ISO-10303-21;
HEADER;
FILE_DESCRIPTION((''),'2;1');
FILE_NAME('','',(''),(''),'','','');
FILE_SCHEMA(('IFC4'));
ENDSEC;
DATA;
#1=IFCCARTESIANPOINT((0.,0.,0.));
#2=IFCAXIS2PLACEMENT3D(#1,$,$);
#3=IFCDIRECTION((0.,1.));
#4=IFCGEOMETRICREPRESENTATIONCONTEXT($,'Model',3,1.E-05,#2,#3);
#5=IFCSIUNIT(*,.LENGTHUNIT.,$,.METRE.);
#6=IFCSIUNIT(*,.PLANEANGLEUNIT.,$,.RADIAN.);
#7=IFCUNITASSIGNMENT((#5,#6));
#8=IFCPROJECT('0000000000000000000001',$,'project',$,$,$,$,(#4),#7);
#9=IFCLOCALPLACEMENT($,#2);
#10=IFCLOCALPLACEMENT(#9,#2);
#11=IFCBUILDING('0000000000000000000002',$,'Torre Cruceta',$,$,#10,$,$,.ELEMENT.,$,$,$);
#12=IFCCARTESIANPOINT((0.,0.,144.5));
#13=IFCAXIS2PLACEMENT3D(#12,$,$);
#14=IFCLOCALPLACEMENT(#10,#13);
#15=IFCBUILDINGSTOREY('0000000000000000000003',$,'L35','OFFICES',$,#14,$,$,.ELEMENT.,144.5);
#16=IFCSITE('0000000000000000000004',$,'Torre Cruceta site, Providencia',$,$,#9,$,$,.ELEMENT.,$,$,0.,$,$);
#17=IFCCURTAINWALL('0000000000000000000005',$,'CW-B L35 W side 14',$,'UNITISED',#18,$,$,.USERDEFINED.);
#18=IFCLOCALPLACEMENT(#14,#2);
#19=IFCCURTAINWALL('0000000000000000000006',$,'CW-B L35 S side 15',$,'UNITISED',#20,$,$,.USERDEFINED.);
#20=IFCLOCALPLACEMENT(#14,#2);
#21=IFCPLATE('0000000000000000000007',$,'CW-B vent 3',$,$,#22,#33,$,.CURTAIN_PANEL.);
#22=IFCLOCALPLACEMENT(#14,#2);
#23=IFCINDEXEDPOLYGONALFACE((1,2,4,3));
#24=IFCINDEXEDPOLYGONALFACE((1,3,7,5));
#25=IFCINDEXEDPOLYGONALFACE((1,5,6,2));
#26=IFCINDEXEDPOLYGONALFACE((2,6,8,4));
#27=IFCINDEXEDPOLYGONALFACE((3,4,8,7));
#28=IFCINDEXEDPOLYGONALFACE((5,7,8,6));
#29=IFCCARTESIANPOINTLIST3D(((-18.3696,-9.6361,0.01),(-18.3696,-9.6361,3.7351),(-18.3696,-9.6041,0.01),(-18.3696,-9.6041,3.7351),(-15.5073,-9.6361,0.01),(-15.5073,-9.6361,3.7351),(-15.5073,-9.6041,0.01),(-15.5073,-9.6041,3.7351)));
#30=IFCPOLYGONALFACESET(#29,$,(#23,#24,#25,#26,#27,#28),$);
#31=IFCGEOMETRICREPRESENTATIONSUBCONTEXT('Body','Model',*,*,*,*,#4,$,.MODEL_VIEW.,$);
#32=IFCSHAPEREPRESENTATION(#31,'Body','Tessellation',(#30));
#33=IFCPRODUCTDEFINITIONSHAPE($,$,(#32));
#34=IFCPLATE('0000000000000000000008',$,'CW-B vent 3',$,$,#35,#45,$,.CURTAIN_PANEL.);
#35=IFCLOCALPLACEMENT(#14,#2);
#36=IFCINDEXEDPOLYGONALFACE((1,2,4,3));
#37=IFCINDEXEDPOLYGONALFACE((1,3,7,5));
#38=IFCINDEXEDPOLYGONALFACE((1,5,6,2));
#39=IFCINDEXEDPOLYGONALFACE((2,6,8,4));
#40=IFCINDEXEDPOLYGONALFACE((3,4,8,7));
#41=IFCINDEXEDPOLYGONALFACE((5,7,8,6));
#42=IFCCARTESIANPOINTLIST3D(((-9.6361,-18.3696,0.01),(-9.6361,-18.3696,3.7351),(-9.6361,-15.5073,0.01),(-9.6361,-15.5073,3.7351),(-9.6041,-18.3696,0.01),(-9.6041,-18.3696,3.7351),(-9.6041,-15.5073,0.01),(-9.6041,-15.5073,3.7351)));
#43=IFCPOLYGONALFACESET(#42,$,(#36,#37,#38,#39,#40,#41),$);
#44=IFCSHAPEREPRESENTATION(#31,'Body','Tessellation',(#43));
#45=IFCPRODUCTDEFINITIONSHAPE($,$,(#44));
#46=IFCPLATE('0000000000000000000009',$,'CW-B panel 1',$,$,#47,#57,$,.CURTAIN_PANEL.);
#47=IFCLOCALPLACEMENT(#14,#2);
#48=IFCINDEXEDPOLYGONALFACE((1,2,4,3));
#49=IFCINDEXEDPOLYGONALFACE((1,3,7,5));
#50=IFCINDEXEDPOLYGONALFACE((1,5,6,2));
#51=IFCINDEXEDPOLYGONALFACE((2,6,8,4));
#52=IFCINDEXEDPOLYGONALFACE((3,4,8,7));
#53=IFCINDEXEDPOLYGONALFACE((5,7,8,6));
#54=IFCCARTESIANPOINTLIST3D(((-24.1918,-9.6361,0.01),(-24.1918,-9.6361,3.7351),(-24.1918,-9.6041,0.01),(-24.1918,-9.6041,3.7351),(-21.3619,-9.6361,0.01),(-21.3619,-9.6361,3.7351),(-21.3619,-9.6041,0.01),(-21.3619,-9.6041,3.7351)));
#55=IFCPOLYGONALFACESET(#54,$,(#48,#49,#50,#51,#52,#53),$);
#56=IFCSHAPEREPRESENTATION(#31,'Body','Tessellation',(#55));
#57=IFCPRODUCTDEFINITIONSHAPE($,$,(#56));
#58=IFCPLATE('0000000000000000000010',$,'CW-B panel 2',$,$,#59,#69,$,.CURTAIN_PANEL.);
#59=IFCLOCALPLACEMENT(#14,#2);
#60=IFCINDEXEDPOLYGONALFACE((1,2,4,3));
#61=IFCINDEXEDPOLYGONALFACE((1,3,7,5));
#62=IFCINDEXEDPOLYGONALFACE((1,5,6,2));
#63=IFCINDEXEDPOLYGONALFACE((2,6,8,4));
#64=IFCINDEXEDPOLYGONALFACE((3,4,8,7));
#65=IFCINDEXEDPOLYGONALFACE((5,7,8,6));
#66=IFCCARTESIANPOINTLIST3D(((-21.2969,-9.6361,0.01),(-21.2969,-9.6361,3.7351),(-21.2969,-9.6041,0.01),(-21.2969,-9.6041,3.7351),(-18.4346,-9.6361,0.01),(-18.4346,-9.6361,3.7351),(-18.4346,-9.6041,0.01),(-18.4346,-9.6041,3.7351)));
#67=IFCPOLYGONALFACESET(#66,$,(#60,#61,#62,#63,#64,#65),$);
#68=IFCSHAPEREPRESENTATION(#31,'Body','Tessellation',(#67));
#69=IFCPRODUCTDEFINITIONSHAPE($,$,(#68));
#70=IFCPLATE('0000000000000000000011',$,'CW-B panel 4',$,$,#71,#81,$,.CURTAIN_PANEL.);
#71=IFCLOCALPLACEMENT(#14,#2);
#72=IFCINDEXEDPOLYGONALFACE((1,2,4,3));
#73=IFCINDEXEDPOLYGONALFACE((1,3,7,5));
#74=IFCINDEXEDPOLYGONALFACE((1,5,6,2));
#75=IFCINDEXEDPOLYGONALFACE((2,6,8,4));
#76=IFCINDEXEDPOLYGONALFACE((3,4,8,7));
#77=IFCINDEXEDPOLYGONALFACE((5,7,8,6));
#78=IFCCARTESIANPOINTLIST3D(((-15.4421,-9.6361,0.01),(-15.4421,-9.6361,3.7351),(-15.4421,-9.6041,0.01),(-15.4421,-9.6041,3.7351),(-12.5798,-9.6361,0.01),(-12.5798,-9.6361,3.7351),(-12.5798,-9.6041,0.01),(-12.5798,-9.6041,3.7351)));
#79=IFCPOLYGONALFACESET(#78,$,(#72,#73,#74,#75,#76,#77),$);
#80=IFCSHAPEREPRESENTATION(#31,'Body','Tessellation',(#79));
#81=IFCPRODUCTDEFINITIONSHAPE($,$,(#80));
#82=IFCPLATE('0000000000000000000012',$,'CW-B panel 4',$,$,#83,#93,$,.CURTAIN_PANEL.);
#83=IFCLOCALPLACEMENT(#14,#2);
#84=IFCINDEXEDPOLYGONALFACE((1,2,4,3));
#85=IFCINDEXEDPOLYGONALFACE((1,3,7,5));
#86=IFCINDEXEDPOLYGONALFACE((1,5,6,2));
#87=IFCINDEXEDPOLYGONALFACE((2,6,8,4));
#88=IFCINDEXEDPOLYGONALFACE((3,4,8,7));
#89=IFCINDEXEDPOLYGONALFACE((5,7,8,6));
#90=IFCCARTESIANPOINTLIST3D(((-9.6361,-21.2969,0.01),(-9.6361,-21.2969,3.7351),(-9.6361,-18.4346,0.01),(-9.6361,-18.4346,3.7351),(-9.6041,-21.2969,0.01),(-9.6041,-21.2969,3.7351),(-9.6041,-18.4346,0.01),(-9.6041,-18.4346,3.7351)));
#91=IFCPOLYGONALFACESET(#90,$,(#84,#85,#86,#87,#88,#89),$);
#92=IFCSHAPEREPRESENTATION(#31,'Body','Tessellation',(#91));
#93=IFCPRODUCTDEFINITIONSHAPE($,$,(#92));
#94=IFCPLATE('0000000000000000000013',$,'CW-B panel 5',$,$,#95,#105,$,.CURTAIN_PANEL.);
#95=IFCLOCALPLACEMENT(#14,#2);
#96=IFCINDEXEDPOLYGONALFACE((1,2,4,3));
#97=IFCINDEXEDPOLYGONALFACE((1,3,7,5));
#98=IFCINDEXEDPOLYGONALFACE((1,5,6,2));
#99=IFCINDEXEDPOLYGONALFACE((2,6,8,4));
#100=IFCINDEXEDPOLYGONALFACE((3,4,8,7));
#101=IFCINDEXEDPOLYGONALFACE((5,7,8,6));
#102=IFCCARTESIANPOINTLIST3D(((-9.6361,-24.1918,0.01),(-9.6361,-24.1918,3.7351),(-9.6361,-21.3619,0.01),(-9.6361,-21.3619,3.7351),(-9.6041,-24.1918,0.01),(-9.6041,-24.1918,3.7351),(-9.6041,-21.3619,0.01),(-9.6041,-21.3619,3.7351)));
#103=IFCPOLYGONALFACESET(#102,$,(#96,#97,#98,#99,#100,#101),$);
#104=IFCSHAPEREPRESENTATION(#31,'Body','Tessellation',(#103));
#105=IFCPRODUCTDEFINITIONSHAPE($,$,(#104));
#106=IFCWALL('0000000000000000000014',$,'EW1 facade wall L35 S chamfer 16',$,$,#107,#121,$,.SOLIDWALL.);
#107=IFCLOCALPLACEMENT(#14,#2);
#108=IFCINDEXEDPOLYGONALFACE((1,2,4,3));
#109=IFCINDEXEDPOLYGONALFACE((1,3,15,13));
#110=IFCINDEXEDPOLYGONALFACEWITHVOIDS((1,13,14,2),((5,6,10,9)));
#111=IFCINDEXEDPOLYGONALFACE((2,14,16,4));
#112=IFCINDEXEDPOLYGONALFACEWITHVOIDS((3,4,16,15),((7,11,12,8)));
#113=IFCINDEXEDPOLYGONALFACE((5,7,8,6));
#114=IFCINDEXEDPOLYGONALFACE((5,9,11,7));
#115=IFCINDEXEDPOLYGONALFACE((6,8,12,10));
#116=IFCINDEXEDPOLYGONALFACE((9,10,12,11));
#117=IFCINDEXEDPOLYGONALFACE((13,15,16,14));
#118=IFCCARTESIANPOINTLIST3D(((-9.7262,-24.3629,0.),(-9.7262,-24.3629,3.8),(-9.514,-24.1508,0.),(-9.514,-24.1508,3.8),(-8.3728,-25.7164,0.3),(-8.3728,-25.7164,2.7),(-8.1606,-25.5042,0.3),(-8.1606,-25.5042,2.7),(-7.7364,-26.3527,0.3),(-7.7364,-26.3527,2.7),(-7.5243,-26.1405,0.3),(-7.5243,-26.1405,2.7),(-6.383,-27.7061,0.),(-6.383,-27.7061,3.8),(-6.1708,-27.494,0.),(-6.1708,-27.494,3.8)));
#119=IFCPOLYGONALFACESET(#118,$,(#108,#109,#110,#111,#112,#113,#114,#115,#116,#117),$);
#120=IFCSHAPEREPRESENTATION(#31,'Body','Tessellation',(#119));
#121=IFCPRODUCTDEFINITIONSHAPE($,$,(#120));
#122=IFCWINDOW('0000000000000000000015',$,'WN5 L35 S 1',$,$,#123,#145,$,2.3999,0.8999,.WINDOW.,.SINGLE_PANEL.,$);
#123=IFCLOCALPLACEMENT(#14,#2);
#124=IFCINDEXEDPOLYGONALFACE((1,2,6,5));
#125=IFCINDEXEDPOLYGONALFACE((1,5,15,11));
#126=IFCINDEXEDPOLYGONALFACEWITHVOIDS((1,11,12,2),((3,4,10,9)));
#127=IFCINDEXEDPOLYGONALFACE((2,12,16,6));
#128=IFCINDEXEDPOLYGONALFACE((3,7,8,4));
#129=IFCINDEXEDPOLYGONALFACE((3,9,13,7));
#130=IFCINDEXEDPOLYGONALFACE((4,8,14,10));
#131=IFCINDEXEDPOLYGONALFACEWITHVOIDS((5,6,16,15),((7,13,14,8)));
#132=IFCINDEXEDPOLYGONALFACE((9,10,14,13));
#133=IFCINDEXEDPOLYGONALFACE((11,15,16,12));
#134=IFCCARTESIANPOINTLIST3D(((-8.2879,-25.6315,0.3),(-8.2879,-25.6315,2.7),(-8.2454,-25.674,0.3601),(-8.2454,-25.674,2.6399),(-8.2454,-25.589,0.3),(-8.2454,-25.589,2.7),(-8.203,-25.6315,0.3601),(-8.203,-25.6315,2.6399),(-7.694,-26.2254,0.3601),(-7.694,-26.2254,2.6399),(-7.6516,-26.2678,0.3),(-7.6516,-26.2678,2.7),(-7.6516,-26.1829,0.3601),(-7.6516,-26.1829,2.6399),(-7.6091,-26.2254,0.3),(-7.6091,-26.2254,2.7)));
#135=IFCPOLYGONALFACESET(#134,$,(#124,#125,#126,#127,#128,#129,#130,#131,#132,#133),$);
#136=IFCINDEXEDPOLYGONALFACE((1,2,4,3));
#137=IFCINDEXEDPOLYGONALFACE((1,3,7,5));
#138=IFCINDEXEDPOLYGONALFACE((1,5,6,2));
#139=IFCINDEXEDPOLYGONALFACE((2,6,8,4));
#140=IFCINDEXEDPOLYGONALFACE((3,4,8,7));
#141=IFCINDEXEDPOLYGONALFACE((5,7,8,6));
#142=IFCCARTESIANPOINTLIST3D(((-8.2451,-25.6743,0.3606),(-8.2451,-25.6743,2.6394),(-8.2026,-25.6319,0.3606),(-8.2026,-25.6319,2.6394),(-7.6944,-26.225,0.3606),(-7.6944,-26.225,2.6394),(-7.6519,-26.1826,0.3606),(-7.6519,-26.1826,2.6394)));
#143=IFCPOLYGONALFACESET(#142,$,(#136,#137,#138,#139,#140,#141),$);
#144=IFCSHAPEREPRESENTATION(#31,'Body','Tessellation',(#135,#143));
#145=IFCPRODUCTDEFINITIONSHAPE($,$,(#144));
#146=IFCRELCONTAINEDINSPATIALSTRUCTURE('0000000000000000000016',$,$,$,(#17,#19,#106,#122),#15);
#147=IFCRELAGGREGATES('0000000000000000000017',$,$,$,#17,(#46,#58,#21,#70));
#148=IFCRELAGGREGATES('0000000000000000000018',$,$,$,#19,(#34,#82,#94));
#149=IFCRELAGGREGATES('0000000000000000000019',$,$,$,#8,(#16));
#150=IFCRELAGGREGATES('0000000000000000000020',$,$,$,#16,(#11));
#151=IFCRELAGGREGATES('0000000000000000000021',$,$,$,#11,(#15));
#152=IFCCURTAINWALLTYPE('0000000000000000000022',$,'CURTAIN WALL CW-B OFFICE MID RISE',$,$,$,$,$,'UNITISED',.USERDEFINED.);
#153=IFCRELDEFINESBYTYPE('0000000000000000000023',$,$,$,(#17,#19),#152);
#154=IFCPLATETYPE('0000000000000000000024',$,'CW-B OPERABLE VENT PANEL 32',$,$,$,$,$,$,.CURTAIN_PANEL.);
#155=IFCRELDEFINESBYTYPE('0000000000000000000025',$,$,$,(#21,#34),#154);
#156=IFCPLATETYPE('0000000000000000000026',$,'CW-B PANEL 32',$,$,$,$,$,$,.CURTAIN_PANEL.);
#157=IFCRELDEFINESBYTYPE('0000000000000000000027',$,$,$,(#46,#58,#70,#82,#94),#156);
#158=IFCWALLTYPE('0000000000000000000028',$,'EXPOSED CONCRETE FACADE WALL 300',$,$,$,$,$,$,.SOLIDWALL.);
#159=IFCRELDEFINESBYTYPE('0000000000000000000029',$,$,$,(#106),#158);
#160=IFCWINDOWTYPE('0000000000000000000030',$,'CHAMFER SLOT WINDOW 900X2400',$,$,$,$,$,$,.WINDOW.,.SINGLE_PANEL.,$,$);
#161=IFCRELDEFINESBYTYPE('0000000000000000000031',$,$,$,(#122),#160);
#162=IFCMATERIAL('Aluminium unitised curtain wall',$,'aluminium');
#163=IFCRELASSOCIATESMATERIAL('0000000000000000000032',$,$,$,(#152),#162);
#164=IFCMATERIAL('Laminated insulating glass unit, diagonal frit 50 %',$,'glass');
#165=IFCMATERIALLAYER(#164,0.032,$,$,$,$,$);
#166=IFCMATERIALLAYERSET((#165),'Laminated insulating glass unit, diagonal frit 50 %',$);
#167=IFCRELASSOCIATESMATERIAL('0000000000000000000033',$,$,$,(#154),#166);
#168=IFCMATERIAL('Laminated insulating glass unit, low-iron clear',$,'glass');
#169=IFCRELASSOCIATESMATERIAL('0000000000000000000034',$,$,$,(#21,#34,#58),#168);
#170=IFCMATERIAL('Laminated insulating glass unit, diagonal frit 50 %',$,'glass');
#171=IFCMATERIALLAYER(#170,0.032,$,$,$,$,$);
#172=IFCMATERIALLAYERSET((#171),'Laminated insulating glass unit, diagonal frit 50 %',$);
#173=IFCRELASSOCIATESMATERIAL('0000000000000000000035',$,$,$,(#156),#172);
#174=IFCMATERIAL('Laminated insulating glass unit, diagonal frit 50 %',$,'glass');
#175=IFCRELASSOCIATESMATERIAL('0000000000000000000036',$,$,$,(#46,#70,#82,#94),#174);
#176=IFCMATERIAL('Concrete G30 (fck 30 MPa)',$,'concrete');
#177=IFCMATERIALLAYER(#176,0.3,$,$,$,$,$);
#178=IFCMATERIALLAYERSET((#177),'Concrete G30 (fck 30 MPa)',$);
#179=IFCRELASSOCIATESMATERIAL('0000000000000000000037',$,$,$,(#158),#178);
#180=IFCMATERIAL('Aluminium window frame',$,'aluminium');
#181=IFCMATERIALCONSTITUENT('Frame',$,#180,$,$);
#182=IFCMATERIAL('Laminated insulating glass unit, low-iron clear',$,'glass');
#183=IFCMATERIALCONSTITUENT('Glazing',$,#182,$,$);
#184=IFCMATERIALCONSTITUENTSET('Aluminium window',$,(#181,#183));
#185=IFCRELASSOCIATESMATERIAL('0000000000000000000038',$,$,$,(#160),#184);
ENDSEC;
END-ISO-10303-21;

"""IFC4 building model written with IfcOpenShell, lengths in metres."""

from ifc_helpers import new_model, si_unit, direction, frame, frame_2d, origin, origin_2d, place, context, subcontext, project, spatial, rectangle, hollow_rectangle, extrude, material, layer, layer_set, constituent, constituent_set, type_object, element, fill, aggregate, save


model = new_model("IFC4")

# Units and contexts
model_context = context("Model", 3, precision=1e-05, world=origin(), true_north=direction((0.0, 1.0)))
body_context = subcontext(model_context, "Body", "Model", "MODEL_VIEW")
ifc_project = project(units=[si_unit("LENGTHUNIT", "METRE"), si_unit("PLANEANGLEUNIT", "RADIAN")], contexts=[model_context])

# Site, building, storey
site_placement = place(None, origin())
site = spatial("IfcSite", under=ifc_project, at=site_placement, Name="Torre Cruceta site, Providencia", CompositionType="ELEMENT", RefElevation=0.0)
building_placement = place(site_placement, origin())
building = spatial("IfcBuilding", under=site, at=building_placement, Name="Torre Cruceta", CompositionType="ELEMENT")
storey_placement = place(building_placement, frame((0.0, 0.0, 144.5)))
storey = spatial("IfcBuildingStorey", under=building, at=storey_placement, Name="L35", Description="OFFICES", CompositionType="ELEMENT", Elevation=144.5)

# Curtain walls
ifc_material_1 = material(Name="Aluminium unitised curtain wall", Category="aluminium")
curtain_wall_type = type_object("IfcCurtainWallType", Name="CURTAIN WALL CW-B OFFICE MID RISE", ElementType="UNITISED", PredefinedType="USERDEFINED", material=ifc_material_1)
curtain_wall_1_placement = place(storey_placement, origin())
curtain_wall_1 = element("IfcCurtainWall", 1, at=curtain_wall_1_placement, inside=storey, type_object=curtain_wall_type, Name="CW-B L35 W side 14", ObjectType="UNITISED", PredefinedType="USERDEFINED")
curtain_wall_2_placement = place(storey_placement, origin())
curtain_wall_2 = element("IfcCurtainWall", 2, at=curtain_wall_2_placement, inside=storey, type_object=curtain_wall_type, Name="CW-B L35 S side 15", ObjectType="UNITISED", PredefinedType="USERDEFINED")

# Plates
ifc_material_2 = material(Name="Laminated insulating glass unit, low-iron clear", Category="glass")
ifc_material_3 = material(Name="Laminated insulating glass unit, diagonal frit 50 %", Category="glass")
ifc_layer_1 = layer(ifc_material_3, 0.032)
ifc_layer_set_1 = layer_set([ifc_layer_1], Name="Laminated insulating glass unit, diagonal frit 50 %")
plate_type_1 = type_object("IfcPlateType", Name="CW-B OPERABLE VENT PANEL 32", PredefinedType="CURTAIN_PANEL", material=ifc_layer_set_1)
plate_1_placement = place(storey_placement, frame((-16.9385, -9.6201, 0.01), z_axis=(0.0, 0.0, 1.0), x_axis=(1.0, 0.0, 0.0)))
plate_1 = element("IfcPlate", 3, at=plate_1_placement, type_object=plate_type_1, material=ifc_material_2, Name="CW-B vent 3", PredefinedType="CURTAIN_PANEL", context=body_context, shape_type="SweptSolid", body=[
    extrude(rectangle(XDim=2.8623, YDim=0.032, at=origin_2d()), origin(), (0.0, 0.0, 1.0), 3.7251),
])
plate_2_placement = place(storey_placement, frame((-9.6201, -16.9385, 0.01), z_axis=(0.0, 0.0, 1.0), x_axis=(0.0, -1.0, 0.0)))
plate_2 = element("IfcPlate", 4, at=plate_2_placement, type_object=plate_type_1, material=ifc_material_2, Name="CW-B vent 3", PredefinedType="CURTAIN_PANEL", context=body_context, shape_type="SweptSolid", body=[
    extrude(rectangle(XDim=2.8623, YDim=0.032, at=origin_2d()), origin(), (0.0, 0.0, 1.0), 3.7251),
])
ifc_material_4 = material(Name="Laminated insulating glass unit, diagonal frit 50 %", Category="glass")
ifc_material_5 = material(Name="Laminated insulating glass unit, diagonal frit 50 %", Category="glass")
ifc_layer_2 = layer(ifc_material_5, 0.032)
ifc_layer_set_2 = layer_set([ifc_layer_2], Name="Laminated insulating glass unit, diagonal frit 50 %")
plate_type_2 = type_object("IfcPlateType", Name="CW-B PANEL 32", PredefinedType="CURTAIN_PANEL", material=ifc_layer_set_2)
plate_3_placement = place(storey_placement, frame((-22.7769, -9.6201, 0.01), z_axis=(0.0, 0.0, 1.0), x_axis=(1.0, 0.0, 0.0)))
plate_3 = element("IfcPlate", 5, at=plate_3_placement, type_object=plate_type_2, material=ifc_material_4, Name="CW-B panel 1", PredefinedType="CURTAIN_PANEL", context=body_context, shape_type="SweptSolid", body=[
    extrude(rectangle(XDim=2.8298, YDim=0.032, at=origin_2d()), origin(), (0.0, 0.0, 1.0), 3.7251),
])
plate_4_placement = place(storey_placement, frame((-19.8657, -9.6201, 0.01), z_axis=(0.0, 0.0, 1.0), x_axis=(1.0, 0.0, 0.0)))
plate_4 = element("IfcPlate", 6, at=plate_4_placement, type_object=plate_type_2, material=ifc_material_2, Name="CW-B panel 2", PredefinedType="CURTAIN_PANEL", context=body_context, shape_type="SweptSolid", body=[
    extrude(rectangle(XDim=2.8623, YDim=0.032, at=origin_2d()), origin(), (0.0, 0.0, 1.0), 3.7251),
])
plate_5_placement = place(storey_placement, frame((-14.011, -9.6201, 0.01), z_axis=(0.0, 0.0, 1.0), x_axis=(1.0, 0.0, 0.0)))
plate_5 = element("IfcPlate", 7, at=plate_5_placement, type_object=plate_type_2, material=ifc_material_4, Name="CW-B panel 4", PredefinedType="CURTAIN_PANEL", context=body_context, shape_type="SweptSolid", body=[
    extrude(rectangle(XDim=2.8623, YDim=0.032, at=origin_2d()), origin(), (0.0, 0.0, 1.0), 3.7251),
])
aggregate(curtain_wall_1, [plate_3, plate_4, plate_1, plate_5])
plate_6_placement = place(storey_placement, frame((-9.6201, -19.8657, 0.01), z_axis=(0.0, 0.0, 1.0), x_axis=(0.0, -1.0, 0.0)))
plate_6 = element("IfcPlate", 8, at=plate_6_placement, type_object=plate_type_2, material=ifc_material_4, Name="CW-B panel 4", PredefinedType="CURTAIN_PANEL", context=body_context, shape_type="SweptSolid", body=[
    extrude(rectangle(XDim=2.8623, YDim=0.032, at=origin_2d()), origin(), (0.0, 0.0, 1.0), 3.7251),
])
plate_7_placement = place(storey_placement, frame((-9.6201, -22.7769, 0.01), z_axis=(0.0, 0.0, 1.0), x_axis=(0.0, -1.0, 0.0)))
plate_7 = element("IfcPlate", 9, at=plate_7_placement, type_object=plate_type_2, material=ifc_material_4, Name="CW-B panel 5", PredefinedType="CURTAIN_PANEL", context=body_context, shape_type="SweptSolid", body=[
    extrude(rectangle(XDim=2.8298, YDim=0.032, at=origin_2d()), origin(), (0.0, 0.0, 1.0), 3.7251),
])
aggregate(curtain_wall_2, [plate_2, plate_6, plate_7])

# Wall, opening, window
ifc_material_6 = material(Name="Concrete G30 (fck 30 MPa)", Category="concrete")
ifc_layer_3 = layer(ifc_material_6, 0.3)
ifc_layer_set_3 = layer_set([ifc_layer_3], Name="Concrete G30 (fck 30 MPa)")
wall_type = type_object("IfcWallType", Name="EXPOSED CONCRETE FACADE WALL 300", PredefinedType="SOLIDWALL", material=ifc_layer_set_3)
wall_placement = place(storey_placement, frame((-9.6201, -24.2568, 0.0), z_axis=(0.0, 0.0, 1.0), x_axis=(0.707107, -0.707107, 0.0)))
wall = element("IfcWall", 10, at=wall_placement, inside=storey, type_object=wall_type, Name="EW1 facade wall L35 S chamfer 16", PredefinedType="SOLIDWALL", context=body_context, shape_type="SweptSolid", body=[
    extrude(rectangle(XDim=4.728, YDim=0.3, at=frame_2d((2.364, 0.0))), origin(), (0.0, 0.0, 1.0), 3.8),
])
opening_placement = place(wall_placement, frame((1.9141, 0.0, 0.3)))
opening = element("IfcOpeningElement", 11, at=opening_placement, cuts=wall, PredefinedType="OPENING", context=body_context, shape_type="SweptSolid", body=[
    extrude(rectangle(XDim=0.8999, YDim=2.3999, at=frame_2d((0.45, 1.2))), frame((0.0, 0.1599, 0.0), z_axis=(0.0, -1.0, 0.0), x_axis=(1.0, 0.0, 0.0)), (0.0, 0.0, 1.0), 0.3201),
])
ifc_material_7 = material(Name="Aluminium window frame", Category="aluminium")
ifc_constituent_1 = constituent(ifc_material_7, Name="Frame")
ifc_material_8 = material(Name="Laminated insulating glass unit, low-iron clear", Category="glass")
ifc_constituent_2 = constituent(ifc_material_8, Name="Glazing")
ifc_constituent_set = constituent_set(constituents=[ifc_constituent_1, ifc_constituent_2], Name="Aluminium window")
window_type = type_object("IfcWindowType", Name="CHAMFER SLOT WINDOW 900X2400", PartitioningType="SINGLE_PANEL", PredefinedType="WINDOW", material=ifc_constituent_set)
window_placement = place(opening_placement, origin())
window = element("IfcWindow", 12, at=window_placement, inside=storey, type_object=window_type, Name="WN5 L35 S 1", OverallHeight=2.3999, OverallWidth=0.8999, PartitioningType="SINGLE_PANEL", PredefinedType="WINDOW", context=body_context, shape_type="SweptSolid", body=[
    extrude(hollow_rectangle(XDim=0.8999, YDim=2.3999, WallThickness=0.0601, at=frame_2d((0.45, 1.2))), frame((0.0, 0.03, 0.0), z_axis=(0.0, -1.0, 0.0), x_axis=(1.0, 0.0, 0.0)), (0.0, 0.0, 1.0), 0.0601),
    extrude(rectangle(XDim=0.7788, YDim=2.2788, at=frame_2d((0.45, 1.2))), frame((0.0, 0.03, 0.0), z_axis=(0.0, -1.0, 0.0), x_axis=(1.0, 0.0, 0.0)), (0.0, 0.0, 1.0), 0.0601),
])
fill(opening, window)

save(model, "model.ifc")
